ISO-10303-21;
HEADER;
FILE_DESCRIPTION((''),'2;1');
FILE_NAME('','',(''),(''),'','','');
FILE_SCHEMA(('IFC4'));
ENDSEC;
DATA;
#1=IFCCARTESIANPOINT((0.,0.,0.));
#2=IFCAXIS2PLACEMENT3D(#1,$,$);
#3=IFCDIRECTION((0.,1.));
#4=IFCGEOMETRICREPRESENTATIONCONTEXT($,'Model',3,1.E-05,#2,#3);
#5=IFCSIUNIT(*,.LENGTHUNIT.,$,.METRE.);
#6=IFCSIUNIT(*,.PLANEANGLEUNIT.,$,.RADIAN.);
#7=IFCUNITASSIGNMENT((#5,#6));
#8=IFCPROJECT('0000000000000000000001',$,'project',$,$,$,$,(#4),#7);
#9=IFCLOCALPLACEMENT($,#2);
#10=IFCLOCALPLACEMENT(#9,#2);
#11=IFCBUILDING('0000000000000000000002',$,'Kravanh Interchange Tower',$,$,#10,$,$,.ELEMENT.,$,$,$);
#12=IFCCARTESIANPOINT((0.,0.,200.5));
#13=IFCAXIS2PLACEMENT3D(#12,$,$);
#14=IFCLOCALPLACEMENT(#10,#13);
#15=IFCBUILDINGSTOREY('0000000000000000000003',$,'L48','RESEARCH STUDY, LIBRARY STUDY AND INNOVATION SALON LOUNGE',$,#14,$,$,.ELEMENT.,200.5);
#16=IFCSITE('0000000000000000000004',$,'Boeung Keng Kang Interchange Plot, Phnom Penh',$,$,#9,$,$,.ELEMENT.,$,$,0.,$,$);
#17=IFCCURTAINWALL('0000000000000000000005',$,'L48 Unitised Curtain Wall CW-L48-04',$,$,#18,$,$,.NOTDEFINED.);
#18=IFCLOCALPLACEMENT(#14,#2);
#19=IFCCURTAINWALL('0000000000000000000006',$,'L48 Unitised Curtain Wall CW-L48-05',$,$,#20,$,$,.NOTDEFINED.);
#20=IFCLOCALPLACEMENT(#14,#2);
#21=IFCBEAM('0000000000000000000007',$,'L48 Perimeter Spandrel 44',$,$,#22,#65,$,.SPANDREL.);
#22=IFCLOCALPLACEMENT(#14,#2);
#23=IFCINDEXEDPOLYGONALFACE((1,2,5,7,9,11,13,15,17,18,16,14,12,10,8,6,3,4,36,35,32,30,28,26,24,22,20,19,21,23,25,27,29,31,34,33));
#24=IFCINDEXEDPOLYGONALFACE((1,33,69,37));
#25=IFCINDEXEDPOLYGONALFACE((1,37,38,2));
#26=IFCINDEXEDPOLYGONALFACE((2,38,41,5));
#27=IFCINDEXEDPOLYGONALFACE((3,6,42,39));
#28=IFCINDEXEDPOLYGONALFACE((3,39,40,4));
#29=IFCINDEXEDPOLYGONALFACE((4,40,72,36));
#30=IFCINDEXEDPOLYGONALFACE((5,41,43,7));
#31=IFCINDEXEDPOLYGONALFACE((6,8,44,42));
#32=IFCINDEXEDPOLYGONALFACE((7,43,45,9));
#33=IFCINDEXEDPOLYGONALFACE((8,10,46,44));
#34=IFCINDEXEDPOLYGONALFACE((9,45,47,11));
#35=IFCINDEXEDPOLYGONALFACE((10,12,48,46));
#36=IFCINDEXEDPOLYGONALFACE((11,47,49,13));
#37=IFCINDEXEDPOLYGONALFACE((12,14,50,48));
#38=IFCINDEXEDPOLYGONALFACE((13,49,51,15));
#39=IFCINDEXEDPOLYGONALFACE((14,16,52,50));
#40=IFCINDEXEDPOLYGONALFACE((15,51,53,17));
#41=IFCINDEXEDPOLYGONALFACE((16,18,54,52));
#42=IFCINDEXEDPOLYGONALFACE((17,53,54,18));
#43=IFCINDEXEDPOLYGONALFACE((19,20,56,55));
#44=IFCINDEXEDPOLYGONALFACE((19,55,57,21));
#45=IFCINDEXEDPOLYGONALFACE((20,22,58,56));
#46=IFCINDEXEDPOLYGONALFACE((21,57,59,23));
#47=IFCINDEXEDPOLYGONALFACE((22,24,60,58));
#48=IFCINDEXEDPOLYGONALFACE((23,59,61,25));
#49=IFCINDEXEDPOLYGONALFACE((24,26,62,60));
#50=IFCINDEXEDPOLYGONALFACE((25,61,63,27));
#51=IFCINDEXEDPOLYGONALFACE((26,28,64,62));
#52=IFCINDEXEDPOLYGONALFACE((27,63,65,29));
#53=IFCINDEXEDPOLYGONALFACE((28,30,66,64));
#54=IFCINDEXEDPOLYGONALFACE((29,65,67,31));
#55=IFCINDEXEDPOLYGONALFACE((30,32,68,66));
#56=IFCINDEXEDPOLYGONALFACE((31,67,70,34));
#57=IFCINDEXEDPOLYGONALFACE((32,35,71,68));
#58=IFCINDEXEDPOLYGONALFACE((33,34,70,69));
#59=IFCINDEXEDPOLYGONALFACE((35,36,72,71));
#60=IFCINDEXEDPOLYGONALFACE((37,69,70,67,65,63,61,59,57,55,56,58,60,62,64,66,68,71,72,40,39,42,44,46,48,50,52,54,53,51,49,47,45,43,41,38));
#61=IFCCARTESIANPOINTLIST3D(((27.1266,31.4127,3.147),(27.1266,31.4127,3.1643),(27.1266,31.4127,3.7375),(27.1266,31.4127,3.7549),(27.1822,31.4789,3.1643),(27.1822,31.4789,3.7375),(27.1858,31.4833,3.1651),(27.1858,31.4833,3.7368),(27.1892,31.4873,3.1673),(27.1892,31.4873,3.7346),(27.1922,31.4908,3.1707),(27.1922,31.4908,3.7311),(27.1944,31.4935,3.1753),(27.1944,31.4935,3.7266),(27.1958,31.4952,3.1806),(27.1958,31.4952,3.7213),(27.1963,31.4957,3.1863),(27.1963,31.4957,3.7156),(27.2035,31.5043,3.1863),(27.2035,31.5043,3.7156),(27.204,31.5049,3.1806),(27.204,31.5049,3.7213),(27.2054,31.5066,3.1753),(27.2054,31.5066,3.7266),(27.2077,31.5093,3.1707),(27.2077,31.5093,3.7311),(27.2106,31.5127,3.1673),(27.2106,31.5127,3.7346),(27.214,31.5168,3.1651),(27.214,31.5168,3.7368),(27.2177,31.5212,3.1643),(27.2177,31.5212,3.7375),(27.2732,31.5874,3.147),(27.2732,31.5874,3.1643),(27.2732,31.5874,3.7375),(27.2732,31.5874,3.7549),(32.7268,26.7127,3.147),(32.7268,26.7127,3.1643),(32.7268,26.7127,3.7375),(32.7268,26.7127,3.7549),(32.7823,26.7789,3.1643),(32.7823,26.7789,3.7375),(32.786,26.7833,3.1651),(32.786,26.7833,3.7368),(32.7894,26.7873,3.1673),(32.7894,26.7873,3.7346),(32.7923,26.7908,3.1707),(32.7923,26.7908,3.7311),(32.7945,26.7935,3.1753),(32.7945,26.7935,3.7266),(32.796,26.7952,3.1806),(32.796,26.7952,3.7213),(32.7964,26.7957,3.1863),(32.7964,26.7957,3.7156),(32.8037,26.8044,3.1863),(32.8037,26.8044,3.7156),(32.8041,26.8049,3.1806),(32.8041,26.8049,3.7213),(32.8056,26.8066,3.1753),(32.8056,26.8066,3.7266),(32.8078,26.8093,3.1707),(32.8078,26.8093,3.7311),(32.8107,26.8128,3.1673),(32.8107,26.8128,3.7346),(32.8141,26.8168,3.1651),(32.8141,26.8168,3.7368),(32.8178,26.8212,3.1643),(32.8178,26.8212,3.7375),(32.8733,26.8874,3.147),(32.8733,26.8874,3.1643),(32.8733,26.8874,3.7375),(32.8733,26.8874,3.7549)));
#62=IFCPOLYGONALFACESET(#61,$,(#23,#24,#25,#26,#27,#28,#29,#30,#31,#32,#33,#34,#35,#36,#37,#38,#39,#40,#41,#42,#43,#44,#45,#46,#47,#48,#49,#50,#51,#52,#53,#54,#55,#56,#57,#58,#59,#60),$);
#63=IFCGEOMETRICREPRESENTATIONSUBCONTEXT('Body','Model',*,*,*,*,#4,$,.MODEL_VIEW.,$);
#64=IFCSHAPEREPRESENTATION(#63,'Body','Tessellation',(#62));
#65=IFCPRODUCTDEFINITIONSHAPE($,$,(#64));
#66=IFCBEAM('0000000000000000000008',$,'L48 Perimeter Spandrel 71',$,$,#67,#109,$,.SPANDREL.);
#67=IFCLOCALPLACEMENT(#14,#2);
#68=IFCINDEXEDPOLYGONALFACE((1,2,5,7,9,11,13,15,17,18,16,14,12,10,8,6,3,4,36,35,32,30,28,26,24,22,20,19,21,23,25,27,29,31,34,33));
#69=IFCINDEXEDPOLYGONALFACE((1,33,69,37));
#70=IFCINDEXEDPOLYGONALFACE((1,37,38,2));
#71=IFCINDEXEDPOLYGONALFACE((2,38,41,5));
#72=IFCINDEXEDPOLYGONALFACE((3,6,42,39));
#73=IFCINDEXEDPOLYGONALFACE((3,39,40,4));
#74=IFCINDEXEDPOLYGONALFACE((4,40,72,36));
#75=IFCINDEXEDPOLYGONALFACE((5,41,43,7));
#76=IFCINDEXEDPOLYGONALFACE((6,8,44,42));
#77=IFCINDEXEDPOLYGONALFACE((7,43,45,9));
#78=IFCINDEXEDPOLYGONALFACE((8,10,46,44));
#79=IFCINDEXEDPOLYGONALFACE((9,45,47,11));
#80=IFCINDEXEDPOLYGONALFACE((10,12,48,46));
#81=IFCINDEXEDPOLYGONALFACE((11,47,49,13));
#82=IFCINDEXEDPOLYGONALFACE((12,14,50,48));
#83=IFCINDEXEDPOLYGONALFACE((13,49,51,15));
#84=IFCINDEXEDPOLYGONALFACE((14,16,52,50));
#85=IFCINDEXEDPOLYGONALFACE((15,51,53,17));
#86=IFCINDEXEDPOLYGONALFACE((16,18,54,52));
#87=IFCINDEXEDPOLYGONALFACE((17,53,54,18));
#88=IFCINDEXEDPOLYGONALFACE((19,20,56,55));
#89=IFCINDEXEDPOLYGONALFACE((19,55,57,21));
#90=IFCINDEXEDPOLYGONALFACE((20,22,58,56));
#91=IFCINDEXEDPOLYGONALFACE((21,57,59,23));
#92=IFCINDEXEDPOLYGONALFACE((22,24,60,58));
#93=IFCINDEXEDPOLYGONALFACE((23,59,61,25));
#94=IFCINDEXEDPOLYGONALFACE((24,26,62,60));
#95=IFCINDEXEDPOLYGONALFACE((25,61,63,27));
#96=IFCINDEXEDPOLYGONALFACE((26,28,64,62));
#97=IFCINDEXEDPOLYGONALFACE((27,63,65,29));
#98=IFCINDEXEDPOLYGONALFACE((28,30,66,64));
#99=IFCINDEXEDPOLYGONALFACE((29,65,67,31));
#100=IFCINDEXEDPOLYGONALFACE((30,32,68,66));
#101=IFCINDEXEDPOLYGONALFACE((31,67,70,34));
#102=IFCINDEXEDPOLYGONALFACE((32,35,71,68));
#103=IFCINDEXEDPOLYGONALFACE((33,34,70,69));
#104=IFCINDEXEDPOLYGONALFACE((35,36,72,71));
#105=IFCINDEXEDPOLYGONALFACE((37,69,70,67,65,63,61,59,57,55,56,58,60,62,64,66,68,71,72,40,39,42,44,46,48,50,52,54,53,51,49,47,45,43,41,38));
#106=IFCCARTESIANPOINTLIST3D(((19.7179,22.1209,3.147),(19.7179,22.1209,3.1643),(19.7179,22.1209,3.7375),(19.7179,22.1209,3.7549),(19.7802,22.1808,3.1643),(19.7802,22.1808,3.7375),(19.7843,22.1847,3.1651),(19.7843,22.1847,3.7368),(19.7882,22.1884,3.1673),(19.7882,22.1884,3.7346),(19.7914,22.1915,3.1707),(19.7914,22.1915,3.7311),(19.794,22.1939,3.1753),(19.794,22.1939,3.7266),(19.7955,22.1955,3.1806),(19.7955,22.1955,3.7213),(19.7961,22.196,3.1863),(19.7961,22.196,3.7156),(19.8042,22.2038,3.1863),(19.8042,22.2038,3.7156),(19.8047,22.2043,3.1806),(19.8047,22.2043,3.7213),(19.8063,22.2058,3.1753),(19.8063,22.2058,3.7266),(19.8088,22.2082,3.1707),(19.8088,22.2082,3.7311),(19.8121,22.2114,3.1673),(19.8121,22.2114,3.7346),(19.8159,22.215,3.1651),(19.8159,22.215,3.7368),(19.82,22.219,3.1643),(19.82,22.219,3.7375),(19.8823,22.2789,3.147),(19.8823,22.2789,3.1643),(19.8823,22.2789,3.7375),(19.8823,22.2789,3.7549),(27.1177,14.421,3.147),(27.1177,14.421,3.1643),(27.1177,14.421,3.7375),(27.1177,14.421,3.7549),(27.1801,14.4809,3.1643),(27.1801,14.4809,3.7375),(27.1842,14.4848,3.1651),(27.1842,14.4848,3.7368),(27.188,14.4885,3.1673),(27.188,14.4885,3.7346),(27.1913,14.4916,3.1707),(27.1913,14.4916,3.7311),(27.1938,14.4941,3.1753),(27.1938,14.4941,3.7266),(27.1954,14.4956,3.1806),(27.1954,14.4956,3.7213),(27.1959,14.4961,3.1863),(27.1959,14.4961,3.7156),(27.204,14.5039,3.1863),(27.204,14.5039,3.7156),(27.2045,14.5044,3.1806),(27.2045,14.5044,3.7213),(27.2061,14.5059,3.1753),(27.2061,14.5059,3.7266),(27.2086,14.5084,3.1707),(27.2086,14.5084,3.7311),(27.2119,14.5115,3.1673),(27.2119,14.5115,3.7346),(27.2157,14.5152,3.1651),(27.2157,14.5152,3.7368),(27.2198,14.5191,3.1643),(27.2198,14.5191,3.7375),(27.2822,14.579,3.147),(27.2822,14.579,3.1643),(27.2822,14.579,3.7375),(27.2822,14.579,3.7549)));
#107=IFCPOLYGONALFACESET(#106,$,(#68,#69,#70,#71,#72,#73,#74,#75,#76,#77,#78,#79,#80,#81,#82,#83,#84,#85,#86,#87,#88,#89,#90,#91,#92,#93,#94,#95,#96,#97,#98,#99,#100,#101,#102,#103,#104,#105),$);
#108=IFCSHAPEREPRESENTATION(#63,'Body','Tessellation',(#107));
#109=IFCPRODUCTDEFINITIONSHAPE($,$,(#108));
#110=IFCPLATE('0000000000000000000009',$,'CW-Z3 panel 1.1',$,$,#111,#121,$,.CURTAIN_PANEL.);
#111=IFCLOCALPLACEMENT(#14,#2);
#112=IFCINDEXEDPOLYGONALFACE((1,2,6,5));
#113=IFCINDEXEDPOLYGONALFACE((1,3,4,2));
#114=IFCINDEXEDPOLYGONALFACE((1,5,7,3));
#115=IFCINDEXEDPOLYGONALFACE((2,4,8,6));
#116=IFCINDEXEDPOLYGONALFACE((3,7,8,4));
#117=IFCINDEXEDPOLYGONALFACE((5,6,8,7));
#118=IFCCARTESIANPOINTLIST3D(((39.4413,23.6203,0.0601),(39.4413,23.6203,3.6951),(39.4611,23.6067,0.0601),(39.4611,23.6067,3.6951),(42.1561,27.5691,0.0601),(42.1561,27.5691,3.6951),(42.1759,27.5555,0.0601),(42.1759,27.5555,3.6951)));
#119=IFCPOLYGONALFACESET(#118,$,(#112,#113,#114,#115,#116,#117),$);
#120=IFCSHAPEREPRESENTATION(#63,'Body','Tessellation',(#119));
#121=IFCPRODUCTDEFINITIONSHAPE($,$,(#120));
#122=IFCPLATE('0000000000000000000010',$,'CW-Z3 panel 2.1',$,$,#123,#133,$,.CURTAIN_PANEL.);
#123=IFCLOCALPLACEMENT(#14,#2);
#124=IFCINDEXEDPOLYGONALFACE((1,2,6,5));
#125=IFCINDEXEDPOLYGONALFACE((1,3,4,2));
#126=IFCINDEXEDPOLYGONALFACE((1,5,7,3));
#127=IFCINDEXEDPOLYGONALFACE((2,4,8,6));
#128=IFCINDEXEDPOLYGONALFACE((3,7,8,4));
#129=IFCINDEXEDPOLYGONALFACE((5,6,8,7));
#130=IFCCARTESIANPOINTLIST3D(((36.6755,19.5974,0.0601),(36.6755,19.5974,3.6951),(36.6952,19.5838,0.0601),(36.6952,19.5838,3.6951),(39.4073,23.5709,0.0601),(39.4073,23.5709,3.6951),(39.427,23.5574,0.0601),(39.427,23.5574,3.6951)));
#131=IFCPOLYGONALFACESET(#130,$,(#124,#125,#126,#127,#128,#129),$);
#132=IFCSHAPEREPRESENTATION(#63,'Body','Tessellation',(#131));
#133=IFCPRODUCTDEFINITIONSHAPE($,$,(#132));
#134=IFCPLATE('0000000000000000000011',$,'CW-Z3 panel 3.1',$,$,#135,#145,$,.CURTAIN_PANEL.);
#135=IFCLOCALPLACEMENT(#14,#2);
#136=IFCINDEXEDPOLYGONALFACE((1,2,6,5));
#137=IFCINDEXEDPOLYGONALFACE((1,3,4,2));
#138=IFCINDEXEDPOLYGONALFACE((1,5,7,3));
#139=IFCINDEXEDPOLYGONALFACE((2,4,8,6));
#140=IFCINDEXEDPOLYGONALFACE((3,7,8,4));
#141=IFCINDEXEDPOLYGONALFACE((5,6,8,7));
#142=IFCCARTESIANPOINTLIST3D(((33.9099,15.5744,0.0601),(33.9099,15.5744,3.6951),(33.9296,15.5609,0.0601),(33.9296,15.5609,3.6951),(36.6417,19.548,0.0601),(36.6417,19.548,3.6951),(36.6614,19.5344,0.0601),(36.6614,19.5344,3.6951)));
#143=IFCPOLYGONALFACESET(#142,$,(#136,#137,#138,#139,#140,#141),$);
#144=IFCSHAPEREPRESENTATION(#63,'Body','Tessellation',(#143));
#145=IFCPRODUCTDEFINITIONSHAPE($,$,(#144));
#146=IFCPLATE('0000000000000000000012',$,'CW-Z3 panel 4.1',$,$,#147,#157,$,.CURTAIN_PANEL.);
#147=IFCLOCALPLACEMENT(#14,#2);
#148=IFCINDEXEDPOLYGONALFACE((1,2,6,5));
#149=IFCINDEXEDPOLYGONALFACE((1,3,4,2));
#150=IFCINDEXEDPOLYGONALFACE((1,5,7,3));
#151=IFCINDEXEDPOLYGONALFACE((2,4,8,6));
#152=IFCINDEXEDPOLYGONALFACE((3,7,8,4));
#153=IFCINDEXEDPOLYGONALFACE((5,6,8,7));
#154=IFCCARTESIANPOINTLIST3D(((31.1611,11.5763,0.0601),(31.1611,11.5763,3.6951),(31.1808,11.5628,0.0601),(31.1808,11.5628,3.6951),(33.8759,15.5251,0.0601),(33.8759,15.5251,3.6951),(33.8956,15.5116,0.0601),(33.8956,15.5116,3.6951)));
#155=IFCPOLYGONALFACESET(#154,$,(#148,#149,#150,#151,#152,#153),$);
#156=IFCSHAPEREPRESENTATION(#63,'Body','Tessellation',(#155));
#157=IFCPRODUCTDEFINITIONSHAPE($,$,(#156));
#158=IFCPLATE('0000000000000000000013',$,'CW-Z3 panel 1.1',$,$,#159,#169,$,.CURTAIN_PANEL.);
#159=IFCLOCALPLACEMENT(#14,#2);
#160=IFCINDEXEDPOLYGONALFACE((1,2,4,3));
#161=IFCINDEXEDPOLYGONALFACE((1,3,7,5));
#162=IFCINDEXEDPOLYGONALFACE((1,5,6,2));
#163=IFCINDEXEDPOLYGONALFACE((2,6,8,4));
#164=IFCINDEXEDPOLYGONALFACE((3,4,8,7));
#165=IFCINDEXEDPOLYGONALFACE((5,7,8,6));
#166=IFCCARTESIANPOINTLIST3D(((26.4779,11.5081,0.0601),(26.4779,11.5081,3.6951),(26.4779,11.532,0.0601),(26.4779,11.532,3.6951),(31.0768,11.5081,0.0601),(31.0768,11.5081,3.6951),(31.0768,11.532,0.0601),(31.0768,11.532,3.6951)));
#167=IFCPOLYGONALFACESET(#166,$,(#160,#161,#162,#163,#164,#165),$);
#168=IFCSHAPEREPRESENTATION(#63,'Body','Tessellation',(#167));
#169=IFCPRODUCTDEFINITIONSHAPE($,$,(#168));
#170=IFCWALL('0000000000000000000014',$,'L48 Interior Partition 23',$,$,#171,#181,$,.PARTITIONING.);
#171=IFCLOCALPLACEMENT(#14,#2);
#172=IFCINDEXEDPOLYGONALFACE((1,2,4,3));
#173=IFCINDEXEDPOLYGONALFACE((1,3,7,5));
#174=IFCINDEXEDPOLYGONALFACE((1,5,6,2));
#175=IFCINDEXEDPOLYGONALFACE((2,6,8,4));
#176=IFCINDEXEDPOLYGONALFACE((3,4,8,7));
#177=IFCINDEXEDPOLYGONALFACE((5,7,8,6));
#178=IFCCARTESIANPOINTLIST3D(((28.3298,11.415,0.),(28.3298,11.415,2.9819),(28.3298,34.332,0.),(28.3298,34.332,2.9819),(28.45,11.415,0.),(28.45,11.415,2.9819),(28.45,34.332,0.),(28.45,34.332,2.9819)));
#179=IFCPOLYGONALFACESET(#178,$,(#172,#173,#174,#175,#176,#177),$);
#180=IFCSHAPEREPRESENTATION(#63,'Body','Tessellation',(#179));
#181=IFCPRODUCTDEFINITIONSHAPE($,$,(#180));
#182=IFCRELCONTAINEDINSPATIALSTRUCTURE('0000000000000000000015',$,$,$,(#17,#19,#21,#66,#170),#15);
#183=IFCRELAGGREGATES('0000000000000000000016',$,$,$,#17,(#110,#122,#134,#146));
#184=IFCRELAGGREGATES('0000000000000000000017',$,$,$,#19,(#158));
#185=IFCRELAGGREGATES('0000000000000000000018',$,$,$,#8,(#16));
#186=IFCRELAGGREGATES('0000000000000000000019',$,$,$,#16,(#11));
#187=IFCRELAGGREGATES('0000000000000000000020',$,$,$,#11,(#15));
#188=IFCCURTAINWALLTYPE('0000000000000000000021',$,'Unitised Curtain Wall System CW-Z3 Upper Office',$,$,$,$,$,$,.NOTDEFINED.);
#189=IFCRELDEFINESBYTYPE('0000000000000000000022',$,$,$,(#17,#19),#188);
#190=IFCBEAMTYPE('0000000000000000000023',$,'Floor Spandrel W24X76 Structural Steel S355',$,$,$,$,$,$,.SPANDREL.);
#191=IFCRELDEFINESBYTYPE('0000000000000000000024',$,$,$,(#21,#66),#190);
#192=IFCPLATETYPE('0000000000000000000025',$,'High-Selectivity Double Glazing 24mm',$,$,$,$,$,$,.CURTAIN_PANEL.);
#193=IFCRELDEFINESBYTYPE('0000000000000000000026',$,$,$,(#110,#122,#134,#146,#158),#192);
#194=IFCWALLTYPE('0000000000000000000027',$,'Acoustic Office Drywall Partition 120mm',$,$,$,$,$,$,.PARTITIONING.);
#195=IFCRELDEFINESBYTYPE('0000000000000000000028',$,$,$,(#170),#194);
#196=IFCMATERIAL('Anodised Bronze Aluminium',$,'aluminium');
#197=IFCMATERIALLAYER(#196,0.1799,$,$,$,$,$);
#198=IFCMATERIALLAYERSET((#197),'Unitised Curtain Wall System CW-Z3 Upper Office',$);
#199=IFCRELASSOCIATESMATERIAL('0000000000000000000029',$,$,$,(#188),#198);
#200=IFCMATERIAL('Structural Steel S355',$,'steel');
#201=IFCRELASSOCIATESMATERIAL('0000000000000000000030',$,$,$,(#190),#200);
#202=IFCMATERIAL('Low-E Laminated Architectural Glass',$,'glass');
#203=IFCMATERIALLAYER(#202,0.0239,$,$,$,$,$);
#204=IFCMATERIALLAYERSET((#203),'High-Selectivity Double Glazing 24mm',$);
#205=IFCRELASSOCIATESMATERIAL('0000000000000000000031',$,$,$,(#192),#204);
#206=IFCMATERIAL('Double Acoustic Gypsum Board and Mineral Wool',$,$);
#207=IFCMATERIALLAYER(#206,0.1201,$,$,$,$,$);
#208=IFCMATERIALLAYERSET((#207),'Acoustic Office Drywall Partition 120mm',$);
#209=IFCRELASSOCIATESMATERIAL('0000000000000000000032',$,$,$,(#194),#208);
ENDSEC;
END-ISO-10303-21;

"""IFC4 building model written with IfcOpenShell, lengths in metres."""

from ifc_helpers import new_model, si_unit, direction, frame, frame_2d, origin, origin_2d, place, context, subcontext, project, spatial, rectangle, i_section, extrude, material, layer, layer_set, material_profile, profile_set, type_object, element, aggregate, save


model = new_model("IFC4")

# Units and contexts
model_context = context("Model", 3, precision=1e-05, world=origin(), true_north=direction((0.0, 1.0)))
body_context = subcontext(model_context, "Body", "Model", "MODEL_VIEW")
ifc_project = project(units=[si_unit("LENGTHUNIT", "METRE"), si_unit("PLANEANGLEUNIT", "RADIAN")], contexts=[model_context])

# Site, building, storey
site_placement = place(None, origin())
site = spatial("IfcSite", under=ifc_project, at=site_placement, Name="Boeung Keng Kang Interchange Plot, Phnom Penh", CompositionType="ELEMENT", RefElevation=0.0)
building_placement = place(site_placement, origin())
building = spatial("IfcBuilding", under=site, at=building_placement, Name="Kravanh Interchange Tower", CompositionType="ELEMENT")
storey_placement = place(building_placement, frame((0.0, 0.0, 200.5)))
storey = spatial("IfcBuildingStorey", under=building, at=storey_placement, Name="L48", Description="RESEARCH STUDY, LIBRARY STUDY AND INNOVATION SALON LOUNGE", CompositionType="ELEMENT", Elevation=200.5)

# Curtain walls
ifc_material_1 = material(Name="Anodised Bronze Aluminium", Category="aluminium")
ifc_layer_1 = layer(ifc_material_1, 0.1799)
ifc_layer_set_1 = layer_set([ifc_layer_1], Name="Unitised Curtain Wall System CW-Z3 Upper Office")
curtain_wall_type = type_object("IfcCurtainWallType", Name="Unitised Curtain Wall System CW-Z3 Upper Office", PredefinedType="NOTDEFINED", material=ifc_layer_set_1)
curtain_wall_1_placement = place(storey_placement, origin())
curtain_wall_1 = element("IfcCurtainWall", 1, at=curtain_wall_1_placement, inside=storey, type_object=curtain_wall_type, Name="L48 Unitised Curtain Wall CW-L48-04", PredefinedType="NOTDEFINED")
curtain_wall_2_placement = place(storey_placement, origin())
curtain_wall_2 = element("IfcCurtainWall", 2, at=curtain_wall_2_placement, inside=storey, type_object=curtain_wall_type, Name="L48 Unitised Curtain Wall CW-L48-05", PredefinedType="NOTDEFINED")

# Beams
ifc_material_2 = material(Name="Structural Steel S355", Category="steel")
ifc_material_profile_1 = material_profile(ifc_material_2, i_section(OverallWidth=0.228, OverallDepth=0.6079, WebThickness=0.0112, FlangeThickness=0.0173, FilletRadius=0.022, at=origin_2d()), Name="W24X76")
ifc_profile_set_1 = profile_set([ifc_material_profile_1], Name="Structural Steel S355")
beam_type_1 = type_object("IfcBeamType", Name="Floor Spandrel W24X76 Structural Steel S355", PredefinedType="SPANDREL", material=ifc_profile_set_1)
beam_1_placement = place(storey_placement, frame((32.8, 26.8, 3.4509), z_axis=(-0.765983, 0.642861, 0.0), x_axis=(-0.642861, -0.765983, 0.0)))
element("IfcBeam", 3, at=beam_1_placement, inside=storey, type_object=beam_type_1, Name="L48 Perimeter Spandrel 44", PredefinedType="SPANDREL", context=body_context, shape_type="SweptSolid", body=[
    extrude(i_section(OverallWidth=0.228, OverallDepth=0.6079, WebThickness=0.0112, FlangeThickness=0.0173, FilletRadius=0.022, at=origin_2d()), origin(), (0.0, 0.0, 1.0), 7.311),
])
beam_2_placement = place(storey_placement, frame((27.2, 14.5, 3.4509), z_axis=(-0.692919, 0.721015, 0.0), x_axis=(-0.721015, -0.692919, 0.0)))
element("IfcBeam", 4, at=beam_2_placement, inside=storey, type_object=beam_type_1, Name="L48 Perimeter Spandrel 71", PredefinedType="SPANDREL", context=body_context, shape_type="SweptSolid", body=[
    extrude(i_section(OverallWidth=0.228, OverallDepth=0.6079, WebThickness=0.0112, FlangeThickness=0.0173, FilletRadius=0.022, at=origin_2d()), origin(), (0.0, 0.0, 1.0), 10.6792),
])

# Plates
ifc_material_3 = material(Name="Low-E Laminated Architectural Glass", Category="glass")
ifc_layer_2 = layer(ifc_material_3, 0.0239)
ifc_layer_set_2 = layer_set([ifc_layer_2], Name="High-Selectivity Double Glazing 24mm")
plate_type = type_object("IfcPlateType", Name="High-Selectivity Double Glazing 24mm", PredefinedType="CURTAIN_PANEL", material=ifc_layer_set_2)
plate_1_placement = place(storey_placement, frame((40.8086, 25.5879, 0.0601), z_axis=(0.0, 0.0, 1.0), x_axis=(-0.566528, -0.824042, 0.0)))
plate_1 = element("IfcPlate", 5, at=plate_1_placement, type_object=plate_type, Name="CW-Z3 panel 1.1", PredefinedType="CURTAIN_PANEL", context=body_context, shape_type="SweptSolid", body=[
    extrude(rectangle(XDim=4.792, YDim=0.0239, at=origin_2d()), origin(), (0.0, 0.0, 1.0), 3.635),
])
plate_2_placement = place(storey_placement, frame((38.0513, 21.5774, 0.0601), z_axis=(0.0, 0.0, 1.0), x_axis=(-0.566528, -0.824042, 0.0)))
plate_2 = element("IfcPlate", 6, at=plate_2_placement, type_object=plate_type, Name="CW-Z3 panel 2.1", PredefinedType="CURTAIN_PANEL", context=body_context, shape_type="SweptSolid", body=[
    extrude(rectangle(XDim=4.822, YDim=0.0239, at=origin_2d()), origin(), (0.0, 0.0, 1.0), 3.635),
])
plate_3_placement = place(storey_placement, frame((35.2856, 17.5544, 0.0601), z_axis=(0.0, 0.0, 1.0), x_axis=(-0.566528, -0.824042, 0.0)))
plate_3 = element("IfcPlate", 7, at=plate_3_placement, type_object=plate_type, Name="CW-Z3 panel 3.1", PredefinedType="CURTAIN_PANEL", context=body_context, shape_type="SweptSolid", body=[
    extrude(rectangle(XDim=4.822, YDim=0.0239, at=origin_2d()), origin(), (0.0, 0.0, 1.0), 3.635),
])
plate_4_placement = place(storey_placement, frame((32.5283, 13.5439, 0.0601), z_axis=(0.0, 0.0, 1.0), x_axis=(-0.566528, -0.824042, 0.0)))
plate_4 = element("IfcPlate", 8, at=plate_4_placement, type_object=plate_type, Name="CW-Z3 panel 4.1", PredefinedType="CURTAIN_PANEL", context=body_context, shape_type="SweptSolid", body=[
    extrude(rectangle(XDim=4.792, YDim=0.0239, at=origin_2d()), origin(), (0.0, 0.0, 1.0), 3.635),
])
aggregate(curtain_wall_1, [plate_1, plate_2, plate_3, plate_4])
plate_5_placement = place(storey_placement, frame((28.7773, 11.52, 0.0601), z_axis=(0.0, 0.0, 1.0), x_axis=(-1.0, 0.0, 0.0)))
plate_5 = element("IfcPlate", 9, at=plate_5_placement, type_object=plate_type, Name="CW-Z3 panel 1.1", PredefinedType="CURTAIN_PANEL", context=body_context, shape_type="SweptSolid", body=[
    extrude(rectangle(XDim=4.5989, YDim=0.0239, at=origin_2d()), origin(), (0.0, 0.0, 1.0), 3.635),
])
aggregate(curtain_wall_2, [plate_5])

# Wall
ifc_material_4 = material(Name="Double Acoustic Gypsum Board and Mineral Wool")
ifc_layer_3 = layer(ifc_material_4, 0.1201)
ifc_layer_set_3 = layer_set([ifc_layer_3], Name="Acoustic Office Drywall Partition 120mm")
wall_type = type_object("IfcWallType", Name="Acoustic Office Drywall Partition 120mm", PredefinedType="PARTITIONING", material=ifc_layer_set_3)
wall_placement = place(storey_placement, frame((28.3899, 11.415, 0.0), z_axis=(0.0, 0.0, 1.0), x_axis=(0.0, 1.0, 0.0)))
element("IfcWall", 10, at=wall_placement, inside=storey, type_object=wall_type, Name="L48 Interior Partition 23", PredefinedType="PARTITIONING", context=body_context, shape_type="SweptSolid", body=[
    extrude(rectangle(XDim=22.917, YDim=0.1201, at=frame_2d((11.4585, 0.0))), origin(), (0.0, 0.0, 1.0), 2.9819),
])

save(model, "model.ifc")
